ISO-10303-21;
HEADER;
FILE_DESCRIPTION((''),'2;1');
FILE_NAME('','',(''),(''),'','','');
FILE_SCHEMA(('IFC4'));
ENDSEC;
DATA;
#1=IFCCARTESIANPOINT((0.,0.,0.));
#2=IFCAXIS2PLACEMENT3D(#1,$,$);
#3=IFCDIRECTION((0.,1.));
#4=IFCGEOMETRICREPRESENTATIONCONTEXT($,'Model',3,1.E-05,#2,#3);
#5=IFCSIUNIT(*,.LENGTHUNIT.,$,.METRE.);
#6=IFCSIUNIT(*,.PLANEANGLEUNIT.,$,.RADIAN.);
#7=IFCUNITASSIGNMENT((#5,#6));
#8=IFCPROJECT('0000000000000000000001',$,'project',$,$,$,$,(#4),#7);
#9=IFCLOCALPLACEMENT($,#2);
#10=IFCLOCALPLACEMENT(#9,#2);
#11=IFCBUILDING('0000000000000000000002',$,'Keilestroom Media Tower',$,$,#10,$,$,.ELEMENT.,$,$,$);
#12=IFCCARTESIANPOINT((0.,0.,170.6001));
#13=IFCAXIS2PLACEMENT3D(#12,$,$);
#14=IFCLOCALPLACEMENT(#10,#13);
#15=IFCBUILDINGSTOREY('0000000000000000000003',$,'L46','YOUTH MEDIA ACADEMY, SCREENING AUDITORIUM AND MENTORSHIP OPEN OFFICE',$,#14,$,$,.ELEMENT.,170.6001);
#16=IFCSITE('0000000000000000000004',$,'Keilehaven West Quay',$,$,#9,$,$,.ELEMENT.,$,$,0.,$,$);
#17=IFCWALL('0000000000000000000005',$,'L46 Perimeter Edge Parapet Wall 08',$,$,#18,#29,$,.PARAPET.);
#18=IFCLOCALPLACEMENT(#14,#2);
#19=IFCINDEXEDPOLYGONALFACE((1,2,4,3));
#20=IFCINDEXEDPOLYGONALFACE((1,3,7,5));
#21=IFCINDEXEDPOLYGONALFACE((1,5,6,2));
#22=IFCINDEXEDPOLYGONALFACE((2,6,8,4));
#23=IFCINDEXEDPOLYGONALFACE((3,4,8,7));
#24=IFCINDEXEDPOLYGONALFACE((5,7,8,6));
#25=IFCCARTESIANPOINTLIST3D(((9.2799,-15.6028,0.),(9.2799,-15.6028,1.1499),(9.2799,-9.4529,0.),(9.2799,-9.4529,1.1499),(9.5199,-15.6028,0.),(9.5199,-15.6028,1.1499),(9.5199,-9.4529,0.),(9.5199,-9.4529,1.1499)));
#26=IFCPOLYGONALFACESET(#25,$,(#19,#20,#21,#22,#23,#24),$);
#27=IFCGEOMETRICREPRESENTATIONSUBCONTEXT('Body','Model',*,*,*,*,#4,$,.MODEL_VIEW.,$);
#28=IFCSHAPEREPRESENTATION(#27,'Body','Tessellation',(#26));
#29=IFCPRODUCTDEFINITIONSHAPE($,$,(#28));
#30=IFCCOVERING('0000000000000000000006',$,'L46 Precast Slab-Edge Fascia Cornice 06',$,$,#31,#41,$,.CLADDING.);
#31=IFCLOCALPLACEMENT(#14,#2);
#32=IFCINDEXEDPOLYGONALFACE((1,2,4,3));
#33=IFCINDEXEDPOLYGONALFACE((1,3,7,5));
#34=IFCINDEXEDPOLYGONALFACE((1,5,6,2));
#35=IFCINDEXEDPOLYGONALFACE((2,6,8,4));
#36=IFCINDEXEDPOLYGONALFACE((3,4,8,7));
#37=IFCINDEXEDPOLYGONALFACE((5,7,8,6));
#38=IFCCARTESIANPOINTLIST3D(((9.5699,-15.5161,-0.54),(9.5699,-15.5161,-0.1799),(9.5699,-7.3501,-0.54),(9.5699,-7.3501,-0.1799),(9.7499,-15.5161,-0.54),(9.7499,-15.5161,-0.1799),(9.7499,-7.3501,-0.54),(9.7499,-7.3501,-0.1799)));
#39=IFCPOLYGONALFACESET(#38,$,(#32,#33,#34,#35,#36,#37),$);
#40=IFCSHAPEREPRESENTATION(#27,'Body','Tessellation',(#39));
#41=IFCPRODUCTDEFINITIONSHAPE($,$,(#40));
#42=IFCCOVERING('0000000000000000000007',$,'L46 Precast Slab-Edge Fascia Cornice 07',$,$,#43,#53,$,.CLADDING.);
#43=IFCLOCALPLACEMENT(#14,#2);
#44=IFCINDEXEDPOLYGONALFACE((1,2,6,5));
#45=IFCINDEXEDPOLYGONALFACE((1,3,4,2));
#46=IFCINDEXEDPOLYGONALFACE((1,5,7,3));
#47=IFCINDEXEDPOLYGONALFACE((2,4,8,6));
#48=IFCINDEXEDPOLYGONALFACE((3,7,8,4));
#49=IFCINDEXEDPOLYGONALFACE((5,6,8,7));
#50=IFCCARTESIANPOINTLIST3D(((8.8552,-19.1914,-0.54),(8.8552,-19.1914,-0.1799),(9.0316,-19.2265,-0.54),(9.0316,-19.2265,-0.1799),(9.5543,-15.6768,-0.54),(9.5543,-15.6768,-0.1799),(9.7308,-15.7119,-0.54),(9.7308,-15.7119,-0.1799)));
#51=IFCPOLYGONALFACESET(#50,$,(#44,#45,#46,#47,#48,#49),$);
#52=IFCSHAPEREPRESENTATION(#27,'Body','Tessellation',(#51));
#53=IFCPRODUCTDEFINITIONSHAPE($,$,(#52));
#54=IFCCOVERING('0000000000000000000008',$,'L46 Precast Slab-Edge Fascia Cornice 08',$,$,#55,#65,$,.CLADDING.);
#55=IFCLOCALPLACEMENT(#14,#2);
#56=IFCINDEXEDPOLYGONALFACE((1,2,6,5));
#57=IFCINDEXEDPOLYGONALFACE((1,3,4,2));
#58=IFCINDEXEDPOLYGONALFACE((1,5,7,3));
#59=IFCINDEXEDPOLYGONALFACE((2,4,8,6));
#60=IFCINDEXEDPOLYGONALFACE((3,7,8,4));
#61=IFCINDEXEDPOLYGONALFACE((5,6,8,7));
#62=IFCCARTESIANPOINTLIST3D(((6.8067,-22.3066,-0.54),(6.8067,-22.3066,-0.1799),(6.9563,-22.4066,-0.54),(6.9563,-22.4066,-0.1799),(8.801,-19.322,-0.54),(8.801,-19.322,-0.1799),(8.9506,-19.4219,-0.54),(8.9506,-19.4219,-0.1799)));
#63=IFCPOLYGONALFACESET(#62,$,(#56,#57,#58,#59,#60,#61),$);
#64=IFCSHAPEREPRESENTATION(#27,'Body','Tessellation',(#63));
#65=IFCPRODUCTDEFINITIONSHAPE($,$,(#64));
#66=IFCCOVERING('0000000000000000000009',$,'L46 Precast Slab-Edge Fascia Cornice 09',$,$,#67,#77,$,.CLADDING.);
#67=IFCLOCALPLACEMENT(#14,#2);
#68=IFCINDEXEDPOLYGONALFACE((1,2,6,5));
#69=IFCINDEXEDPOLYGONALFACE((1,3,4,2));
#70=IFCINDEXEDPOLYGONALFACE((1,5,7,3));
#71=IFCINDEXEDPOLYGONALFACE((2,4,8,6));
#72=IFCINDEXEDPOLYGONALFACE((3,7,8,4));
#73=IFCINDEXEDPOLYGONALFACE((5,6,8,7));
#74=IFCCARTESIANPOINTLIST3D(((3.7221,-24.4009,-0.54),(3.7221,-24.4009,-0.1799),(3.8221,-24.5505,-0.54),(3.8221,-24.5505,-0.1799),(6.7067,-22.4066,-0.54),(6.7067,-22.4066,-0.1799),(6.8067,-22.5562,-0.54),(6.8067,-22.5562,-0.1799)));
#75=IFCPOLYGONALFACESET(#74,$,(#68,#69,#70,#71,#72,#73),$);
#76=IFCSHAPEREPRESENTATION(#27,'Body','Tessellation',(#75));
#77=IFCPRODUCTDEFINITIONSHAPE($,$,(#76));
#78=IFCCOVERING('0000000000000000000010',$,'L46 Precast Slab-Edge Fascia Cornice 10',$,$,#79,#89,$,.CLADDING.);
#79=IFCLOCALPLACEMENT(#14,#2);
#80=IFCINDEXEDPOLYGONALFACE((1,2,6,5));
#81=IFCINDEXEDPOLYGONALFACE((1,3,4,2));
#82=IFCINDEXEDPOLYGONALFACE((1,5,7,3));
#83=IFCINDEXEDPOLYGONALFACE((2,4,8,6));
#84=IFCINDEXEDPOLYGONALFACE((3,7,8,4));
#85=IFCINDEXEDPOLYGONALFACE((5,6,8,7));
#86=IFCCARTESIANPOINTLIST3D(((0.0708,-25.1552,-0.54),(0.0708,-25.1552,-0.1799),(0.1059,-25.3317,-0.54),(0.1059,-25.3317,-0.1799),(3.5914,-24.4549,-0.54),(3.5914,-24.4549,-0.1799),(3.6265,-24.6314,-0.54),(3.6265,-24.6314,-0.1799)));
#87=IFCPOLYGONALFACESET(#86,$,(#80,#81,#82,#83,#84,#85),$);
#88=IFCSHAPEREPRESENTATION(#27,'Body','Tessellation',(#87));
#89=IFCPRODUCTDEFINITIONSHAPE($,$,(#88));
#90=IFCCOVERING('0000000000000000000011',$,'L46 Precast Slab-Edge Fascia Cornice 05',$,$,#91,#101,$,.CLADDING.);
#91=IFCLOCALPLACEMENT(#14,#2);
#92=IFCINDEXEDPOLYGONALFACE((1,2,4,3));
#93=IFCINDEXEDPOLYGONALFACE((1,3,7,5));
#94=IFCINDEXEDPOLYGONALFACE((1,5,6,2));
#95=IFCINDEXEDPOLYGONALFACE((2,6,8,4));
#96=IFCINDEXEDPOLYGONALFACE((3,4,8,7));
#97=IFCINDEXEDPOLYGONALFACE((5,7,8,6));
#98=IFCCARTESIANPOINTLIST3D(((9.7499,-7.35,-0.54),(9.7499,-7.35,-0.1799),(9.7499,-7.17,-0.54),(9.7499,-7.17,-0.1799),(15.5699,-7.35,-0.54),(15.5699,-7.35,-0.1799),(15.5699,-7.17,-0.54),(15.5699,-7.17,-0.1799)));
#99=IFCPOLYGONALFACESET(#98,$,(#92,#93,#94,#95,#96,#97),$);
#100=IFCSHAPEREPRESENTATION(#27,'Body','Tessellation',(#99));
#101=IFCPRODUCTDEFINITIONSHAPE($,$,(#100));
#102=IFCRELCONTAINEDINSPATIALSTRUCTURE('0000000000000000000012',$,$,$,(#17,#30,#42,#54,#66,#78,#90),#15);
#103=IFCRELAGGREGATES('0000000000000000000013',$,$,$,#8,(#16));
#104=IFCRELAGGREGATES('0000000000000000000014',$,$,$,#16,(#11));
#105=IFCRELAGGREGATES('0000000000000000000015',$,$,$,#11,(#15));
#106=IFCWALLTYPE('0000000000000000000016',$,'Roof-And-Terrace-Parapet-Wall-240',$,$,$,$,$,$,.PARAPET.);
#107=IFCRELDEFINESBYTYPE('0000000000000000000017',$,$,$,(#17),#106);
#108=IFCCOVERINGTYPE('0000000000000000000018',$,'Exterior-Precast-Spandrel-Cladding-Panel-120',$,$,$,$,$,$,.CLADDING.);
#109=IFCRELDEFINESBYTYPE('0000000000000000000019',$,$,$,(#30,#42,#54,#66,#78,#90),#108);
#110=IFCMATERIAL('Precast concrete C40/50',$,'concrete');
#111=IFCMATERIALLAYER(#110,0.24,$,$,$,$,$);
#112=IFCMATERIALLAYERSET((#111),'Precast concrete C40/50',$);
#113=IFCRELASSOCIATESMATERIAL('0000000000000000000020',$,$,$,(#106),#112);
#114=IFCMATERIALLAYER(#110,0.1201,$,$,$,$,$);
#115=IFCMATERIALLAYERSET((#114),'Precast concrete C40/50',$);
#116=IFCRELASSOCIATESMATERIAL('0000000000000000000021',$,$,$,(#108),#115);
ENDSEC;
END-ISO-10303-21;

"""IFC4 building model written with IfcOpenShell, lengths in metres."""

from ifc_helpers import new_model, si_unit, direction, frame, frame_2d, origin, origin_2d, place, context, subcontext, project, spatial, rectangle, extrude, source, transform, mapped, material, layer, layer_set, type_object, element, save


model = new_model("IFC4")

# Units and contexts
model_context = context("Model", 3, precision=1e-05, world=origin(), true_north=direction((0.0, 1.0)))
body_context = subcontext(model_context, "Body", "Model", "MODEL_VIEW")
ifc_project = project(units=[si_unit("LENGTHUNIT", "METRE"), si_unit("PLANEANGLEUNIT", "RADIAN")], contexts=[model_context])

# Site, building, storey
site_placement = place(None, origin())
site = spatial("IfcSite", under=ifc_project, at=site_placement, Name="Keilehaven West Quay", CompositionType="ELEMENT", RefElevation=0.0)
building_placement = place(site_placement, origin())
building = spatial("IfcBuilding", under=site, at=building_placement, Name="Keilestroom Media Tower", CompositionType="ELEMENT")
storey_placement = place(building_placement, frame((0.0, 0.0, 170.6001)))
storey = spatial("IfcBuildingStorey", under=building, at=storey_placement, Name="L46", Description="YOUTH MEDIA ACADEMY, SCREENING AUDITORIUM AND MENTORSHIP OPEN OFFICE", CompositionType="ELEMENT", Elevation=170.6001)

# Shared definitions
ifc_material_1 = material(Name="Precast concrete C40/50", Category="concrete")

# Wall
ifc_layer_1 = layer(ifc_material_1, 0.24)
ifc_layer_set_1 = layer_set([ifc_layer_1], Name="Precast concrete C40/50")
wall_type_1 = type_object("IfcWallType", Name="Roof-And-Terrace-Parapet-Wall-240", PredefinedType="PARAPET", material=ifc_layer_set_1)
wall_1_placement = place(storey_placement, frame((9.3999, -9.4529, 0.0), z_axis=(0.0, 0.0, 1.0), x_axis=(0.0, -1.0, 0.0)))
element("IfcWall", 1, at=wall_1_placement, inside=storey, type_object=wall_type_1, Name="L46 Perimeter Edge Parapet Wall 08", PredefinedType="PARAPET", context=body_context, shape_type="SweptSolid", body=[
    extrude(rectangle(XDim=6.1499, YDim=0.24, at=frame_2d((3.075, 0.0))), origin(), (0.0, 0.0, 1.0), 1.1499),
])

# Coverings
ifc_layer_2 = layer(ifc_material_1, 0.1201)
ifc_layer_set_2 = layer_set([ifc_layer_2], Name="Precast concrete C40/50")
covering_type = type_object("IfcCoveringType", Name="Exterior-Precast-Spandrel-Cladding-Panel-120", PredefinedType="CLADDING", material=ifc_layer_set_2)
shared_shape_1 = source(origin(), body_context, "Body", "SweptSolid", [
    extrude(rectangle(XDim=8.166, YDim=0.1799, at=origin_2d()), origin(), (0.0, 0.0, 1.0), 0.3601),
])
covering_1_placement = place(storey_placement, frame((9.6599, -11.4331, -0.54), z_axis=(0.0, 0.0, 1.0), x_axis=(0.0, -1.0, 0.0)))
element("IfcCovering", 2, at=covering_1_placement, inside=storey, type_object=covering_type, Name="L46 Precast Slab-Edge Fascia Cornice 06", PredefinedType="CLADDING", context=body_context, shape_type="MappedRepresentation", body=[
    mapped(shared_shape_1, transform((0.0, 0.0, 0.0), x_axis=(1.0, 0.0, 0.0), y_axis=(0.0, 1.0, 0.0), z_axis=(0.0, 0.0, 1.0), scale=1.0)),
])
shared_shape_2 = source(origin(), body_context, "Body", "SweptSolid", [
    extrude(rectangle(XDim=3.5835, YDim=0.1799, at=origin_2d()), origin(), (0.0, 0.0, 1.0), 0.3601),
])
covering_2_placement = place(storey_placement, frame((9.293, -17.4517, -0.54), z_axis=(0.0, 0.0, 1.0), x_axis=(-0.195099, -0.980784, 0.0)))
element("IfcCovering", 3, at=covering_2_placement, inside=storey, type_object=covering_type, Name="L46 Precast Slab-Edge Fascia Cornice 07", PredefinedType="CLADDING", context=body_context, shape_type="MappedRepresentation", body=[
    mapped(shared_shape_2, transform((0.0, 0.0, 0.0), x_axis=(1.0, 0.0, 0.0), y_axis=(0.0, 1.0, 0.0), z_axis=(0.0, 0.0, 1.0), scale=1.0)),
])
shared_shape_3 = source(origin(), body_context, "Body", "SweptSolid", [
    extrude(rectangle(XDim=3.5896, YDim=0.1799, at=origin_2d()), origin(), (0.0, 0.0, 1.0), 0.3601),
])
for number, where, z_axis, x_axis, name in (
    (4, (7.8787, -20.8643, -0.54), (0.0, 0.0, 1.0), (-0.555575, -0.831467, 0.0), "L46 Precast Slab-Edge Fascia Cornice 08"),
    (5, (5.2644, -23.4785, -0.54), (0.0, 0.0, 1.0), (-0.831467, -0.555575, 0.0), "L46 Precast Slab-Edge Fascia Cornice 09"),
    (6, (1.8486, -24.8933, -0.54), (0.0, 0.0, 1.0), (-0.980784, -0.195099, 0.0), "L46 Precast Slab-Edge Fascia Cornice 10"),
):
    element("IfcCovering", number, at=place(storey_placement, frame(where, z_axis=z_axis, x_axis=x_axis)), inside=storey, type_object=covering_type, Name=name, PredefinedType="CLADDING", context=body_context, shape_type="MappedRepresentation", body=[
        mapped(shared_shape_3, transform((0.0, 0.0, 0.0), x_axis=(1.0, 0.0, 0.0), y_axis=(0.0, 1.0, 0.0), z_axis=(0.0, 0.0, 1.0), scale=1.0)),
    ])
shared_shape_4 = source(origin(), body_context, "Body", "SweptSolid", [
    extrude(rectangle(XDim=5.8201, YDim=0.1799, at=origin_2d()), origin(), (0.0, 0.0, 1.0), 0.3601),
])
covering_3_placement = place(storey_placement, frame((12.6599, -7.26, -0.54), z_axis=(0.0, 0.0, 1.0), x_axis=(-1.0, 0.0, 0.0)))
element("IfcCovering", 7, at=covering_3_placement, inside=storey, type_object=covering_type, Name="L46 Precast Slab-Edge Fascia Cornice 05", PredefinedType="CLADDING", context=body_context, shape_type="MappedRepresentation", body=[
    mapped(shared_shape_4, transform((0.0, 0.0, 0.0), x_axis=(1.0, 0.0, 0.0), y_axis=(0.0, 1.0, 0.0), z_axis=(0.0, 0.0, 1.0), scale=1.0)),
])

save(model, "model.ifc")
